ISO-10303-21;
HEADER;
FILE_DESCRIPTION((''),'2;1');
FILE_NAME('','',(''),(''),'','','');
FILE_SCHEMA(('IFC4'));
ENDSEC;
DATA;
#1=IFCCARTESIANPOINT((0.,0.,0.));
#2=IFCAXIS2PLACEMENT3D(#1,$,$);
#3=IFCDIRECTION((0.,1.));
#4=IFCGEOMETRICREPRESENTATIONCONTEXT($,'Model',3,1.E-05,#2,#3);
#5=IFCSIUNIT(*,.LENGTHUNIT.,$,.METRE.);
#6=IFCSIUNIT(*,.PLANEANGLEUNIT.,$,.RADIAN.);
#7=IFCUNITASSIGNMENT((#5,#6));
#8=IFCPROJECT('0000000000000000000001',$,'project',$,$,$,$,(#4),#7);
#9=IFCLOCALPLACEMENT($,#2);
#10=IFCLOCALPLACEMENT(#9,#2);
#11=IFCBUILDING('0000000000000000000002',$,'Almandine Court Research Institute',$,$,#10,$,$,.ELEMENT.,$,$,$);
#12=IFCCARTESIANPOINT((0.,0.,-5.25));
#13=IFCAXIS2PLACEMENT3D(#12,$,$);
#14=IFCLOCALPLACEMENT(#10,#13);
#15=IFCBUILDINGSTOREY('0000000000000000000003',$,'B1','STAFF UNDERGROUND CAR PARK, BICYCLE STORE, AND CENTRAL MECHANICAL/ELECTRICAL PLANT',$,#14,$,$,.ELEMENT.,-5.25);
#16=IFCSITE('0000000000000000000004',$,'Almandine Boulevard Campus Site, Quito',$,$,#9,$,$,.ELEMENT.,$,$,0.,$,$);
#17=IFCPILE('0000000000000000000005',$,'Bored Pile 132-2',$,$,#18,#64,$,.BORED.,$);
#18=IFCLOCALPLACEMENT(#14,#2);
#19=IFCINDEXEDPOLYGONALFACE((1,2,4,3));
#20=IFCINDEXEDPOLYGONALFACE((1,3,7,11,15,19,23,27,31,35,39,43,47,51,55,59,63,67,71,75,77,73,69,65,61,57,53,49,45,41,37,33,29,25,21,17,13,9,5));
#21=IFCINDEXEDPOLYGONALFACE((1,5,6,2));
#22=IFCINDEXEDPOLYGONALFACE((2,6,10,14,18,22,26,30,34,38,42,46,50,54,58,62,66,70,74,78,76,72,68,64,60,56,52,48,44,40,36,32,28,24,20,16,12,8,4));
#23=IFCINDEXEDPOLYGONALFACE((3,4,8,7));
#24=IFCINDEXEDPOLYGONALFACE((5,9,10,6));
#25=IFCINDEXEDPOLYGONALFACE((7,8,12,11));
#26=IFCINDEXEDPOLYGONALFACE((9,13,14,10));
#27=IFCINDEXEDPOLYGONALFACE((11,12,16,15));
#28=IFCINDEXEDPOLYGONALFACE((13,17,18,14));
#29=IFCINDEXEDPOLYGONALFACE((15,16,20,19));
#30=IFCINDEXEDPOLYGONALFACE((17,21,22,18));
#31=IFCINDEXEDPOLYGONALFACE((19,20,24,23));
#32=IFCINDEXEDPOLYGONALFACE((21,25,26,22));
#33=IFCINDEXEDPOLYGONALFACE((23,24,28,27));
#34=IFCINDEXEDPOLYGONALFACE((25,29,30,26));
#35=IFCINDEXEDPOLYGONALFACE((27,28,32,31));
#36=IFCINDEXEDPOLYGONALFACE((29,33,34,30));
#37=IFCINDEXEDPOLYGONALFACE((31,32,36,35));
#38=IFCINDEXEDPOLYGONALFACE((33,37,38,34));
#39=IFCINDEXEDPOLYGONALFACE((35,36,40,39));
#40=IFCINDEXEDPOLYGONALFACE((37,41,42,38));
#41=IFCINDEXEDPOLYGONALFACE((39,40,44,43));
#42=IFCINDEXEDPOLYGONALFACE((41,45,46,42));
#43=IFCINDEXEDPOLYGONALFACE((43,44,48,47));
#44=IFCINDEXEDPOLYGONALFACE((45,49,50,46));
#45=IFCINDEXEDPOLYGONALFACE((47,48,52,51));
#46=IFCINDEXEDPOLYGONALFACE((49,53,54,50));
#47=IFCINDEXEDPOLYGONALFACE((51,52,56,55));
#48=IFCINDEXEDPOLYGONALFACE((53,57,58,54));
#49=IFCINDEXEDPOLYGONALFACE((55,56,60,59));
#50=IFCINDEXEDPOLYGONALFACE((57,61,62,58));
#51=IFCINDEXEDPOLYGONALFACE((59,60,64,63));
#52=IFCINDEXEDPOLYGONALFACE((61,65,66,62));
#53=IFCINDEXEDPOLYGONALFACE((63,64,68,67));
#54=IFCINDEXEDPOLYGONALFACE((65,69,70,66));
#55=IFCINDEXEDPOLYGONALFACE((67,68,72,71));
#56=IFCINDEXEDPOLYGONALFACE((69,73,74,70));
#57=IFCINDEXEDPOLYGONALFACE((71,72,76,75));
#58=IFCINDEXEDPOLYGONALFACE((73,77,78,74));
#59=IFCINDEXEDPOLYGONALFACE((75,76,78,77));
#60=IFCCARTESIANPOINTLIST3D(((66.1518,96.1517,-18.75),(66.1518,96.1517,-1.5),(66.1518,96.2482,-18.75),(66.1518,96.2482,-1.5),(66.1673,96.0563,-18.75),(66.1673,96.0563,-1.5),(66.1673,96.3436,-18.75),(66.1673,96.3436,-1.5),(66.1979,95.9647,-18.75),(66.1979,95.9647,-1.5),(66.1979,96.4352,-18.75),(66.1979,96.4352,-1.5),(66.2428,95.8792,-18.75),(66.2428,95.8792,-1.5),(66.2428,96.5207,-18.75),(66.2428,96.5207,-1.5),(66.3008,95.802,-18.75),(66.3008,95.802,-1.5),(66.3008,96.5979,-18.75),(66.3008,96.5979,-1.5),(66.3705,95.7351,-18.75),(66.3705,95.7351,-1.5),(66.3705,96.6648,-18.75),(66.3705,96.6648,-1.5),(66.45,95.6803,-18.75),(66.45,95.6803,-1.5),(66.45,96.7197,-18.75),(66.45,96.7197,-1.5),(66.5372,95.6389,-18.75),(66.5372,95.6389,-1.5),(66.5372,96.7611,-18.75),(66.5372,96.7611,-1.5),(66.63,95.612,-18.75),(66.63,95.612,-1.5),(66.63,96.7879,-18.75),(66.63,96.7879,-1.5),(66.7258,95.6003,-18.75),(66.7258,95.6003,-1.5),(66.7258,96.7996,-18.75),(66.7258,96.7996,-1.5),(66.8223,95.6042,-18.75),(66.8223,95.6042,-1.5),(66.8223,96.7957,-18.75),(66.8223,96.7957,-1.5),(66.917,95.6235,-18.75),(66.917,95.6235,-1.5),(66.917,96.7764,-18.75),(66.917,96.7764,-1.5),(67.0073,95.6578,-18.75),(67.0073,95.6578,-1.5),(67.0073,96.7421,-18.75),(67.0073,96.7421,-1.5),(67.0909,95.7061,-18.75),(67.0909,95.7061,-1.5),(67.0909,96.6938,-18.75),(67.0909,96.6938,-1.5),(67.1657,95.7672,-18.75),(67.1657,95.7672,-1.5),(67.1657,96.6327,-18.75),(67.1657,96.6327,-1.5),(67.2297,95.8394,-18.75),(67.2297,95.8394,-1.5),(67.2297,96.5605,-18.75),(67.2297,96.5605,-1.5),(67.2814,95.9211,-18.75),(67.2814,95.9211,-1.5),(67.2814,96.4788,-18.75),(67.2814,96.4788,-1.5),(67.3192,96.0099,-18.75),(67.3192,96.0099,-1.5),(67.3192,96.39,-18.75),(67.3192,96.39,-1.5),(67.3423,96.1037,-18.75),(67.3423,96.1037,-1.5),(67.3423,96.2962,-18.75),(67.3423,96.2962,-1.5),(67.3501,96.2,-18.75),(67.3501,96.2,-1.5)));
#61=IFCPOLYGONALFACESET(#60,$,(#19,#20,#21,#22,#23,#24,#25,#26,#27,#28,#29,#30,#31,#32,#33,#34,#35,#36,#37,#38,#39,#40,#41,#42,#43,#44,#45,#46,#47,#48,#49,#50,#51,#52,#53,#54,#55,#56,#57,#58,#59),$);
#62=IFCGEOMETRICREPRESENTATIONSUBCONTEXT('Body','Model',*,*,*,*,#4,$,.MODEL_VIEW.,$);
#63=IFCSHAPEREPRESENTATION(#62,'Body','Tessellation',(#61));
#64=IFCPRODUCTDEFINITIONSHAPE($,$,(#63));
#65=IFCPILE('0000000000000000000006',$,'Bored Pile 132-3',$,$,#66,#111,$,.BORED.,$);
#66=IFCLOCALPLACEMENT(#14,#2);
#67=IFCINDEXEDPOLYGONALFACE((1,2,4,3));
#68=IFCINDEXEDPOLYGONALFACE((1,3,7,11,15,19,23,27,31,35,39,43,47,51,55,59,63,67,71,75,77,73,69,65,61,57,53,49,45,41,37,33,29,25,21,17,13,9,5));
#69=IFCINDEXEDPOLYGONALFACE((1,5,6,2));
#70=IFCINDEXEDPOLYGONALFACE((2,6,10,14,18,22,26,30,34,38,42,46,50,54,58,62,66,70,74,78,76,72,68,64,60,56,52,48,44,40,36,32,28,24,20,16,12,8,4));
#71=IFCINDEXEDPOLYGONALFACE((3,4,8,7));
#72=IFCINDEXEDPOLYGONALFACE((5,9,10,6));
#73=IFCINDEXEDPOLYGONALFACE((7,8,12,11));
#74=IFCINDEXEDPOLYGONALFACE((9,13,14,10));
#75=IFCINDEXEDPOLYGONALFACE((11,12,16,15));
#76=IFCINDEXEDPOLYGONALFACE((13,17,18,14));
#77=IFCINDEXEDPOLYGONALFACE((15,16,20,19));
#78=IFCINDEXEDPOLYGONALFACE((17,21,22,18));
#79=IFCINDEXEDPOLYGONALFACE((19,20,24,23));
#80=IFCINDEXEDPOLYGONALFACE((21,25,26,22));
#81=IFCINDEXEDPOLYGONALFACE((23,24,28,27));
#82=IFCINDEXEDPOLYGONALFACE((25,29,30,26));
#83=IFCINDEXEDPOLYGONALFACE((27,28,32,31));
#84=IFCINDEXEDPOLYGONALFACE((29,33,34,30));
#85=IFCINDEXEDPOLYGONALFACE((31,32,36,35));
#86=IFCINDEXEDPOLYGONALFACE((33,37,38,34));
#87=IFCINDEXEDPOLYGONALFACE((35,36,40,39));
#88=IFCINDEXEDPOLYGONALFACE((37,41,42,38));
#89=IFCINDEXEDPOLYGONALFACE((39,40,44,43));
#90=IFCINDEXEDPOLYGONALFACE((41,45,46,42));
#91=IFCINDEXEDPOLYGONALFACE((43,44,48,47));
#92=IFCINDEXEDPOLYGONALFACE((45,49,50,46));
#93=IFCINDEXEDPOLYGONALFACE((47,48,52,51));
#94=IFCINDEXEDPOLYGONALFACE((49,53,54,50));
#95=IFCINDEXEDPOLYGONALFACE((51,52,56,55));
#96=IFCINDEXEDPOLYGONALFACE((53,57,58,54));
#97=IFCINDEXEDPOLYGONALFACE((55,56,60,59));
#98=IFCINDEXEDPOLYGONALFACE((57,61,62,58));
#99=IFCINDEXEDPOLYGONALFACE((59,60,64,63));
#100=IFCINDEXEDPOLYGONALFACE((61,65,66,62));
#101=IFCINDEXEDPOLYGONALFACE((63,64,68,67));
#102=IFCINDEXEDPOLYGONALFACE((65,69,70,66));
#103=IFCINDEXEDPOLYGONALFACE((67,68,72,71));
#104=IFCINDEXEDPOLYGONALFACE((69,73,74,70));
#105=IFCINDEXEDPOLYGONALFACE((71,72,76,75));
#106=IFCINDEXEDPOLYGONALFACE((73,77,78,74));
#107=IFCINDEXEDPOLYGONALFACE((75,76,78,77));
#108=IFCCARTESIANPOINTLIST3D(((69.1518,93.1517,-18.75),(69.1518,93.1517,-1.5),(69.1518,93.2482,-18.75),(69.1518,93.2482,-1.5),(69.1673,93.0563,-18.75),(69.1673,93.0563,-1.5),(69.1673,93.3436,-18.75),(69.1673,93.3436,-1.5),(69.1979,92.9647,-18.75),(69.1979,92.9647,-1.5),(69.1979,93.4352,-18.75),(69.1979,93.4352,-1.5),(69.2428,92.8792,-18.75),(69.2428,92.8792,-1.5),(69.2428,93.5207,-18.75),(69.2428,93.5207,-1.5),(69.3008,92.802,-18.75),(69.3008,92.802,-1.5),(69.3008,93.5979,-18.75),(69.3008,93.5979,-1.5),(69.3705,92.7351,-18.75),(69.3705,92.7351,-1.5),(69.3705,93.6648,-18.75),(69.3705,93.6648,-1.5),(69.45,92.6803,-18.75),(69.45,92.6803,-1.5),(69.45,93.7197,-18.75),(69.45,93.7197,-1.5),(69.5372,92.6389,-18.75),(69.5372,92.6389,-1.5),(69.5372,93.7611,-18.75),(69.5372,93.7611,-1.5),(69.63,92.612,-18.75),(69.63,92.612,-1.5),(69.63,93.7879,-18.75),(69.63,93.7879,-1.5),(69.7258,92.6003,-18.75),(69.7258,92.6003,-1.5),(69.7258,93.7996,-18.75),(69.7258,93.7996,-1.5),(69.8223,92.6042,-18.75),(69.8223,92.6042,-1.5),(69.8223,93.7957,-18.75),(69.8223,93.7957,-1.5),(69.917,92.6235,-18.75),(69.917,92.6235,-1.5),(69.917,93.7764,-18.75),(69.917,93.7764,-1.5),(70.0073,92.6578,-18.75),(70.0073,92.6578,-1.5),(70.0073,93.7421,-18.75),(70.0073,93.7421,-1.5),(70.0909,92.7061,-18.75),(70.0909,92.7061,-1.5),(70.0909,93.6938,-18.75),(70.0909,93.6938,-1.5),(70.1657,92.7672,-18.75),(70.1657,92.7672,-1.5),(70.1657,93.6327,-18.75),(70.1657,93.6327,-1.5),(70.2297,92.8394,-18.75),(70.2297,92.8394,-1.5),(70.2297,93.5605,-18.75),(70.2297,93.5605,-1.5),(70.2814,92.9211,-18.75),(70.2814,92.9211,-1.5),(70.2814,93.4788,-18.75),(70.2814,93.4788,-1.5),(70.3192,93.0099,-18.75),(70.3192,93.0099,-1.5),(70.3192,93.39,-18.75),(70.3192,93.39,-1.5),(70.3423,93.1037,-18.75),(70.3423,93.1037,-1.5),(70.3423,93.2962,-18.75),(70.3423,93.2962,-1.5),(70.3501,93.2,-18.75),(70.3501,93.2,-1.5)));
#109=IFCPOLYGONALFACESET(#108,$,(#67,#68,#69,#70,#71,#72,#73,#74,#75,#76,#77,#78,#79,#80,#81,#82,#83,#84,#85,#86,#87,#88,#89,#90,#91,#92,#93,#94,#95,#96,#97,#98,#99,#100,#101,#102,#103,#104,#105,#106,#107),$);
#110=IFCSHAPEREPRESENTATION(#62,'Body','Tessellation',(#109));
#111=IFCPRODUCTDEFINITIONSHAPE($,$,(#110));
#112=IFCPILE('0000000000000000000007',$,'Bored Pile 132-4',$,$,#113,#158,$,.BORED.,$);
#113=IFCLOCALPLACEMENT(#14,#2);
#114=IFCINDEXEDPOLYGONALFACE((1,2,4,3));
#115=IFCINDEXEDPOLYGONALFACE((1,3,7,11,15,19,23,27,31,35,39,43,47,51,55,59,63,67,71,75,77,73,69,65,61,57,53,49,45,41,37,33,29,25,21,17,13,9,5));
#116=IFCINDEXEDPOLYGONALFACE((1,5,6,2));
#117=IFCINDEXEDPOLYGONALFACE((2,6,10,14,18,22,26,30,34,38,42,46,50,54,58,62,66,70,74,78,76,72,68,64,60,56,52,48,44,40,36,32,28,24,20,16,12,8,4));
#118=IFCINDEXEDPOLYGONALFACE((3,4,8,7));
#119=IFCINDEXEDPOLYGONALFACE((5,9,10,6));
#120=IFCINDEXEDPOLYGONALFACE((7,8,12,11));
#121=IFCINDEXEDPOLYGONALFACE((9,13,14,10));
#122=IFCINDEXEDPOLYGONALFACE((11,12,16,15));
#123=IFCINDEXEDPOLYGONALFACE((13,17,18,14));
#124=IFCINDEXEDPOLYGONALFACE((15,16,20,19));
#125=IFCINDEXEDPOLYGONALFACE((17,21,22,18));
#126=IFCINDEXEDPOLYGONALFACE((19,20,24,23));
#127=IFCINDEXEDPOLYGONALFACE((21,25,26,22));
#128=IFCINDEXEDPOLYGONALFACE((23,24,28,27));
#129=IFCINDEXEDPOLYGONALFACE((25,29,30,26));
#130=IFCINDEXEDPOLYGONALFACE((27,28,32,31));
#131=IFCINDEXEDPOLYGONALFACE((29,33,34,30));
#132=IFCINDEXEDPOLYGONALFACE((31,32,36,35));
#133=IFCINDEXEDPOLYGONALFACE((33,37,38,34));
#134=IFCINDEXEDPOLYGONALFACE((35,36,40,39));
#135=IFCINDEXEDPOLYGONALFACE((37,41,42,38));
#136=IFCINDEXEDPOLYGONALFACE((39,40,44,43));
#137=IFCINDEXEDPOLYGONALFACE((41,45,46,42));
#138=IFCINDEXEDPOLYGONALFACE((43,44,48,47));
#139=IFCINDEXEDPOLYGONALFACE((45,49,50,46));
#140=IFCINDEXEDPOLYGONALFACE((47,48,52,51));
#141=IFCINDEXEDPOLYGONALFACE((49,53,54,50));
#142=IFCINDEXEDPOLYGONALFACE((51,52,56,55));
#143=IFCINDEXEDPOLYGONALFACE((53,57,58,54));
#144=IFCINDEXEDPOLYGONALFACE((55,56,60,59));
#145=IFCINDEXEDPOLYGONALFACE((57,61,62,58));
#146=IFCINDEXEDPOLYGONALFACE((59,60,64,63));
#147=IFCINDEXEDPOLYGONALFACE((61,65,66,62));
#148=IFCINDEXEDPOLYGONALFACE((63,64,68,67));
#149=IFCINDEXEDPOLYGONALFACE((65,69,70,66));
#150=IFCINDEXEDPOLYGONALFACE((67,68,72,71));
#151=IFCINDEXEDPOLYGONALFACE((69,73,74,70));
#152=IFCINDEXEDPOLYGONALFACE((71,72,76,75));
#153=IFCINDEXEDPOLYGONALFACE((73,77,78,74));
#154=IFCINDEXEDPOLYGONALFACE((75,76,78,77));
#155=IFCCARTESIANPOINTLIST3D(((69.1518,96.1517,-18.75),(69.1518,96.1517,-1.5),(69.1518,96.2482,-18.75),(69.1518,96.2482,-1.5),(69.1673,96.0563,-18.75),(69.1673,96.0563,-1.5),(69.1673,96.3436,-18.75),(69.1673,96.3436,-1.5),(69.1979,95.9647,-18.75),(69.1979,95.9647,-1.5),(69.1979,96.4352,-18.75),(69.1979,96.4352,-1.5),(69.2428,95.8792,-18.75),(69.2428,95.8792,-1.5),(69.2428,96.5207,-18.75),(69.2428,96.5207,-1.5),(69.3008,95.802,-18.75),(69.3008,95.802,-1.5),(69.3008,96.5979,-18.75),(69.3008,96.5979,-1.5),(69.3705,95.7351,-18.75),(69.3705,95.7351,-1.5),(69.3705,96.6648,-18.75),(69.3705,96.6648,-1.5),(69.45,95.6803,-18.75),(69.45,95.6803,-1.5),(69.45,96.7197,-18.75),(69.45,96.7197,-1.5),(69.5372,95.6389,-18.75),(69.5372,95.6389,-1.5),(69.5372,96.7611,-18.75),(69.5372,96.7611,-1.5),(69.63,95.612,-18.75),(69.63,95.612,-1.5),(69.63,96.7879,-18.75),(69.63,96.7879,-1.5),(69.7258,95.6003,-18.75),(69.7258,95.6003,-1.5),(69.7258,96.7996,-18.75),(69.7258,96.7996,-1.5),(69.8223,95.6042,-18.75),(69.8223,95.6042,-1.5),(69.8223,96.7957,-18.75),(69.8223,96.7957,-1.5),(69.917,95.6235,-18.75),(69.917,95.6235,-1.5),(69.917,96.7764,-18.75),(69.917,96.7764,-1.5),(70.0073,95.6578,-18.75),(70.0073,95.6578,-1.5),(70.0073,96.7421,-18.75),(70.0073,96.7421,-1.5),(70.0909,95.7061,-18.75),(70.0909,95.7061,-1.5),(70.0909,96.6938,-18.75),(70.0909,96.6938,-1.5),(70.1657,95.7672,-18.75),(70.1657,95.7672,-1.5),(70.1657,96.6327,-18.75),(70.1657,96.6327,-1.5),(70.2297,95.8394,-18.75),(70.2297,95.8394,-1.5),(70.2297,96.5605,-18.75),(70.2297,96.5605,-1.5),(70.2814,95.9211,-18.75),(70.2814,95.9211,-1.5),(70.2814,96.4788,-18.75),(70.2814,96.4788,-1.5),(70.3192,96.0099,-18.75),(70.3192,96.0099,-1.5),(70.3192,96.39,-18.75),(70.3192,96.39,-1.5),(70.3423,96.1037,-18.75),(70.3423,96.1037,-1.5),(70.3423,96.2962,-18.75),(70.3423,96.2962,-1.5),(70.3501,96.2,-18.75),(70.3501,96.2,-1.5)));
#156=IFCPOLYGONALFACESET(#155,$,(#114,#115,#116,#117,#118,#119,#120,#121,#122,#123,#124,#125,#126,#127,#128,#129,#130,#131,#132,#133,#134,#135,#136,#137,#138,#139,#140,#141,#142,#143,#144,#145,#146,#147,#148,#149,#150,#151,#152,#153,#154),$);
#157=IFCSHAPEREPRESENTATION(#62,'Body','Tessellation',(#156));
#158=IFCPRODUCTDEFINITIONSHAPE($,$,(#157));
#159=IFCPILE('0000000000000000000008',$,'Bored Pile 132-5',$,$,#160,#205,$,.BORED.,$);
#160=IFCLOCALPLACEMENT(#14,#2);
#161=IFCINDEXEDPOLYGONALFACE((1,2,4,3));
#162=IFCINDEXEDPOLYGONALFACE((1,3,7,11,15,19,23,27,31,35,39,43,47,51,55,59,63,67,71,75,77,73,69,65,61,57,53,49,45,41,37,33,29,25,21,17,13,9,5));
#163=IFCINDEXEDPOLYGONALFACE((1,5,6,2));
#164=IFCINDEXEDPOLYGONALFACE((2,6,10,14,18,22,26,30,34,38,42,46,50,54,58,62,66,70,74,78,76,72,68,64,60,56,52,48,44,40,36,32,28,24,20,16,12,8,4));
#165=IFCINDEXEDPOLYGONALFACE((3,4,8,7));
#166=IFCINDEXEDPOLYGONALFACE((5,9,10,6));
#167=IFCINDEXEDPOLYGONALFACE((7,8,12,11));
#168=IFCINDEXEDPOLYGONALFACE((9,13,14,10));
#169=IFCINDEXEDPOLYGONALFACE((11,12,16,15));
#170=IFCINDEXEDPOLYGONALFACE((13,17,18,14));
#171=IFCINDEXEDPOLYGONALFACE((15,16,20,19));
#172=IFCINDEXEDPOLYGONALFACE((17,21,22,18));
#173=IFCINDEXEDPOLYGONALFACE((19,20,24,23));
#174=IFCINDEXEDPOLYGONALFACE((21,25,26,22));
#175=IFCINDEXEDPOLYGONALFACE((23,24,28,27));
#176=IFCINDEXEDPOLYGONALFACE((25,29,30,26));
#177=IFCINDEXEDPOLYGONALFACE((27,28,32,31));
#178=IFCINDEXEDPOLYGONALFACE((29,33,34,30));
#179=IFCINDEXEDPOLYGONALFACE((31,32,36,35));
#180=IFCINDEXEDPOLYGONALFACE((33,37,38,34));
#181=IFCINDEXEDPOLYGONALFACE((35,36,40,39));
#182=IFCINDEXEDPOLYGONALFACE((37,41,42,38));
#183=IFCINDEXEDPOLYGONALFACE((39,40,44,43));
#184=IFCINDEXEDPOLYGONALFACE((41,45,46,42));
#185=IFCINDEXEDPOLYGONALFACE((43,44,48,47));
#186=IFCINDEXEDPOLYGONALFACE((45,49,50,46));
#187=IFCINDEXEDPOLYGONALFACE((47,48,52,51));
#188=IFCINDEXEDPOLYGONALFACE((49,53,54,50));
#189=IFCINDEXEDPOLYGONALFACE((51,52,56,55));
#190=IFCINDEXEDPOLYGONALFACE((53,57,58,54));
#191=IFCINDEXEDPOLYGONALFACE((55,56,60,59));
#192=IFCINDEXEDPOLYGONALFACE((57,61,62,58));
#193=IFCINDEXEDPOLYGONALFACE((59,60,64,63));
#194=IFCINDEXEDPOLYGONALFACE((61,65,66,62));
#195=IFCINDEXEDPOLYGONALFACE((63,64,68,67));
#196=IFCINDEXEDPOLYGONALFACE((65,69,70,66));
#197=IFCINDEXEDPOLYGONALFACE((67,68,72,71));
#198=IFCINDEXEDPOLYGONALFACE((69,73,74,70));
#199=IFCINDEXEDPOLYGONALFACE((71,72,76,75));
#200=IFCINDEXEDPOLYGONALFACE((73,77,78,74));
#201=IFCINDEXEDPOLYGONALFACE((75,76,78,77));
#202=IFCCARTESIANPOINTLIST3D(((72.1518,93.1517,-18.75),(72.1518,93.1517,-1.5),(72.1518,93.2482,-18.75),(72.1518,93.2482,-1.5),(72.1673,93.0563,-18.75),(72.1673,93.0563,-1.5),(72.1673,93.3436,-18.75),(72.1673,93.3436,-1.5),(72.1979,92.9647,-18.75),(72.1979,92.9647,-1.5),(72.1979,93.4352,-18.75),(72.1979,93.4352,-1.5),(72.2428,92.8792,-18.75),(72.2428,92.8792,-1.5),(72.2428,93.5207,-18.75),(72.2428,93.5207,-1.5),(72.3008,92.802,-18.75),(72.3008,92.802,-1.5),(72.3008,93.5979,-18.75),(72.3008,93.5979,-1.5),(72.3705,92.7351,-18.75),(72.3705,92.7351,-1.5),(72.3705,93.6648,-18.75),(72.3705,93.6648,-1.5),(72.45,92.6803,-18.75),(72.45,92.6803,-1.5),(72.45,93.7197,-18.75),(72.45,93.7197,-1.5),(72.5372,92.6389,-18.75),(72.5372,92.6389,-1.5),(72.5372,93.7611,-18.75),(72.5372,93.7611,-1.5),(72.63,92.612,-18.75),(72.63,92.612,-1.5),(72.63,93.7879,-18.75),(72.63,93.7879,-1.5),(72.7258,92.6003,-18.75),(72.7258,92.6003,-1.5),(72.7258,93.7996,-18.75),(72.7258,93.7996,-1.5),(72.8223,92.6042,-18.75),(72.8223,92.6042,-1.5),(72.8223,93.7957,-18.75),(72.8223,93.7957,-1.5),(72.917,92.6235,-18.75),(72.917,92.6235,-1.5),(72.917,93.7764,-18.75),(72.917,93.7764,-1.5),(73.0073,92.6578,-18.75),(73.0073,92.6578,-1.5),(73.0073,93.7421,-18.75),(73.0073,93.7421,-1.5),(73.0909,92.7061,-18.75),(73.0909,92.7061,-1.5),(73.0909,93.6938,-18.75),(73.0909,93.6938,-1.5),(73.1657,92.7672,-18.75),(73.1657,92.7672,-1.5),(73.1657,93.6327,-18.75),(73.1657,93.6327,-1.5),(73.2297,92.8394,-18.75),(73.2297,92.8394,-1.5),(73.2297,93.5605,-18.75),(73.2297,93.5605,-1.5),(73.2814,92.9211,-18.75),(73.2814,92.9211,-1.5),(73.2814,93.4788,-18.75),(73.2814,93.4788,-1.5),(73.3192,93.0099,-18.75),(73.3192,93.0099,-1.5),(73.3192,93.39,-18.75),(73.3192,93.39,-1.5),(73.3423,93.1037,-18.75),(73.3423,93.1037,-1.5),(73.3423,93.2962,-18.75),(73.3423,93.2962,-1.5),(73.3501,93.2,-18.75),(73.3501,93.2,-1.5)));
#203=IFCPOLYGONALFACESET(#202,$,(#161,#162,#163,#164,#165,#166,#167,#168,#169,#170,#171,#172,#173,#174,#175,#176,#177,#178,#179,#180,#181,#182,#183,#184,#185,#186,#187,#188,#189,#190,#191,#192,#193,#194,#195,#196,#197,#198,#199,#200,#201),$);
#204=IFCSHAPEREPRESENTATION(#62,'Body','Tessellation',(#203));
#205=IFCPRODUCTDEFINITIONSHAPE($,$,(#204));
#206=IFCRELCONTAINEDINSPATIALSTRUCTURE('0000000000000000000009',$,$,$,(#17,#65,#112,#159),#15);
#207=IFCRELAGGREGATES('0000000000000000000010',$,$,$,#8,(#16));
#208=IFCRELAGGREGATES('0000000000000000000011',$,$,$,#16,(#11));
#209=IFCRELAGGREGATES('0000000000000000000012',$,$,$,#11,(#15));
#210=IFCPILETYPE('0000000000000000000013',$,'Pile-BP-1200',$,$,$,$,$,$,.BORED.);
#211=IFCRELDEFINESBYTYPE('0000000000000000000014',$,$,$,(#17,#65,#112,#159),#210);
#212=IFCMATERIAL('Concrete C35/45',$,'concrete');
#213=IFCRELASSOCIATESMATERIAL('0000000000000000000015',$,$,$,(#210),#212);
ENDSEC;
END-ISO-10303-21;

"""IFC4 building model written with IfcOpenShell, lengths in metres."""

from ifc_helpers import new_model, si_unit, direction, frame, origin, origin_2d, place, context, subcontext, project, spatial, circle, extrude, material, material_profile, profile_set, type_object, element, save


model = new_model("IFC4")

# Units and contexts
model_context = context("Model", 3, precision=1e-05, world=origin(), true_north=direction((0.0, 1.0)))
body_context = subcontext(model_context, "Body", "Model", "MODEL_VIEW")
ifc_project = project(units=[si_unit("LENGTHUNIT", "METRE"), si_unit("PLANEANGLEUNIT", "RADIAN")], contexts=[model_context])

# Site, building, storey
site_placement = place(None, origin())
site = spatial("IfcSite", under=ifc_project, at=site_placement, Name="Almandine Boulevard Campus Site, Quito", CompositionType="ELEMENT", RefElevation=0.0)
building_placement = place(site_placement, origin())
building = spatial("IfcBuilding", under=site, at=building_placement, Name="Almandine Court Research Institute", CompositionType="ELEMENT")
storey_placement = place(building_placement, frame((0.0, 0.0, -5.25)))
storey = spatial("IfcBuildingStorey", under=building, at=storey_placement, Name="B1", Description="STAFF UNDERGROUND CAR PARK, BICYCLE STORE, AND CENTRAL MECHANICAL/ELECTRICAL PLANT", CompositionType="ELEMENT", Elevation=-5.25)

# Shared definitions
ifc_material_1 = material(Name="Concrete C35/45", Category="concrete")

# Piles
ifc_material_profile_1 = material_profile(ifc_material_1, circle(Radius=0.6001, at=origin_2d()), Name="BORED PILE D1200")
ifc_profile_set_1 = profile_set([ifc_material_profile_1], Name="Concrete C35/45")
pile_type_1 = type_object("IfcPileType", Name="Pile-BP-1200", PredefinedType="BORED", material=ifc_profile_set_1)
for number, where, z_axis, x_axis, name in (
    (1, (66.75, 96.2, -1.5), (0.0, 0.0, -1.0), (1.0, 0.0, 0.0), "Bored Pile 132-2"),
    (2, (69.75, 93.2, -1.5), (0.0, 0.0, -1.0), (1.0, 0.0, 0.0), "Bored Pile 132-3"),
    (3, (69.75, 96.2, -1.5), (0.0, 0.0, -1.0), (1.0, 0.0, 0.0), "Bored Pile 132-4"),
    (4, (72.75, 93.2, -1.5), (0.0, 0.0, -1.0), (1.0, 0.0, 0.0), "Bored Pile 132-5"),
):
    element("IfcPile", number, at=place(storey_placement, frame(where, z_axis=z_axis, x_axis=x_axis)), inside=storey, type_object=pile_type_1, Name=name, PredefinedType="BORED", context=body_context, shape_type="SweptSolid", body=[
        extrude(circle(Radius=0.6001, at=origin_2d()), origin(), (0.0, 0.0, 1.0), 17.25),
    ])

save(model, "model.ifc")
